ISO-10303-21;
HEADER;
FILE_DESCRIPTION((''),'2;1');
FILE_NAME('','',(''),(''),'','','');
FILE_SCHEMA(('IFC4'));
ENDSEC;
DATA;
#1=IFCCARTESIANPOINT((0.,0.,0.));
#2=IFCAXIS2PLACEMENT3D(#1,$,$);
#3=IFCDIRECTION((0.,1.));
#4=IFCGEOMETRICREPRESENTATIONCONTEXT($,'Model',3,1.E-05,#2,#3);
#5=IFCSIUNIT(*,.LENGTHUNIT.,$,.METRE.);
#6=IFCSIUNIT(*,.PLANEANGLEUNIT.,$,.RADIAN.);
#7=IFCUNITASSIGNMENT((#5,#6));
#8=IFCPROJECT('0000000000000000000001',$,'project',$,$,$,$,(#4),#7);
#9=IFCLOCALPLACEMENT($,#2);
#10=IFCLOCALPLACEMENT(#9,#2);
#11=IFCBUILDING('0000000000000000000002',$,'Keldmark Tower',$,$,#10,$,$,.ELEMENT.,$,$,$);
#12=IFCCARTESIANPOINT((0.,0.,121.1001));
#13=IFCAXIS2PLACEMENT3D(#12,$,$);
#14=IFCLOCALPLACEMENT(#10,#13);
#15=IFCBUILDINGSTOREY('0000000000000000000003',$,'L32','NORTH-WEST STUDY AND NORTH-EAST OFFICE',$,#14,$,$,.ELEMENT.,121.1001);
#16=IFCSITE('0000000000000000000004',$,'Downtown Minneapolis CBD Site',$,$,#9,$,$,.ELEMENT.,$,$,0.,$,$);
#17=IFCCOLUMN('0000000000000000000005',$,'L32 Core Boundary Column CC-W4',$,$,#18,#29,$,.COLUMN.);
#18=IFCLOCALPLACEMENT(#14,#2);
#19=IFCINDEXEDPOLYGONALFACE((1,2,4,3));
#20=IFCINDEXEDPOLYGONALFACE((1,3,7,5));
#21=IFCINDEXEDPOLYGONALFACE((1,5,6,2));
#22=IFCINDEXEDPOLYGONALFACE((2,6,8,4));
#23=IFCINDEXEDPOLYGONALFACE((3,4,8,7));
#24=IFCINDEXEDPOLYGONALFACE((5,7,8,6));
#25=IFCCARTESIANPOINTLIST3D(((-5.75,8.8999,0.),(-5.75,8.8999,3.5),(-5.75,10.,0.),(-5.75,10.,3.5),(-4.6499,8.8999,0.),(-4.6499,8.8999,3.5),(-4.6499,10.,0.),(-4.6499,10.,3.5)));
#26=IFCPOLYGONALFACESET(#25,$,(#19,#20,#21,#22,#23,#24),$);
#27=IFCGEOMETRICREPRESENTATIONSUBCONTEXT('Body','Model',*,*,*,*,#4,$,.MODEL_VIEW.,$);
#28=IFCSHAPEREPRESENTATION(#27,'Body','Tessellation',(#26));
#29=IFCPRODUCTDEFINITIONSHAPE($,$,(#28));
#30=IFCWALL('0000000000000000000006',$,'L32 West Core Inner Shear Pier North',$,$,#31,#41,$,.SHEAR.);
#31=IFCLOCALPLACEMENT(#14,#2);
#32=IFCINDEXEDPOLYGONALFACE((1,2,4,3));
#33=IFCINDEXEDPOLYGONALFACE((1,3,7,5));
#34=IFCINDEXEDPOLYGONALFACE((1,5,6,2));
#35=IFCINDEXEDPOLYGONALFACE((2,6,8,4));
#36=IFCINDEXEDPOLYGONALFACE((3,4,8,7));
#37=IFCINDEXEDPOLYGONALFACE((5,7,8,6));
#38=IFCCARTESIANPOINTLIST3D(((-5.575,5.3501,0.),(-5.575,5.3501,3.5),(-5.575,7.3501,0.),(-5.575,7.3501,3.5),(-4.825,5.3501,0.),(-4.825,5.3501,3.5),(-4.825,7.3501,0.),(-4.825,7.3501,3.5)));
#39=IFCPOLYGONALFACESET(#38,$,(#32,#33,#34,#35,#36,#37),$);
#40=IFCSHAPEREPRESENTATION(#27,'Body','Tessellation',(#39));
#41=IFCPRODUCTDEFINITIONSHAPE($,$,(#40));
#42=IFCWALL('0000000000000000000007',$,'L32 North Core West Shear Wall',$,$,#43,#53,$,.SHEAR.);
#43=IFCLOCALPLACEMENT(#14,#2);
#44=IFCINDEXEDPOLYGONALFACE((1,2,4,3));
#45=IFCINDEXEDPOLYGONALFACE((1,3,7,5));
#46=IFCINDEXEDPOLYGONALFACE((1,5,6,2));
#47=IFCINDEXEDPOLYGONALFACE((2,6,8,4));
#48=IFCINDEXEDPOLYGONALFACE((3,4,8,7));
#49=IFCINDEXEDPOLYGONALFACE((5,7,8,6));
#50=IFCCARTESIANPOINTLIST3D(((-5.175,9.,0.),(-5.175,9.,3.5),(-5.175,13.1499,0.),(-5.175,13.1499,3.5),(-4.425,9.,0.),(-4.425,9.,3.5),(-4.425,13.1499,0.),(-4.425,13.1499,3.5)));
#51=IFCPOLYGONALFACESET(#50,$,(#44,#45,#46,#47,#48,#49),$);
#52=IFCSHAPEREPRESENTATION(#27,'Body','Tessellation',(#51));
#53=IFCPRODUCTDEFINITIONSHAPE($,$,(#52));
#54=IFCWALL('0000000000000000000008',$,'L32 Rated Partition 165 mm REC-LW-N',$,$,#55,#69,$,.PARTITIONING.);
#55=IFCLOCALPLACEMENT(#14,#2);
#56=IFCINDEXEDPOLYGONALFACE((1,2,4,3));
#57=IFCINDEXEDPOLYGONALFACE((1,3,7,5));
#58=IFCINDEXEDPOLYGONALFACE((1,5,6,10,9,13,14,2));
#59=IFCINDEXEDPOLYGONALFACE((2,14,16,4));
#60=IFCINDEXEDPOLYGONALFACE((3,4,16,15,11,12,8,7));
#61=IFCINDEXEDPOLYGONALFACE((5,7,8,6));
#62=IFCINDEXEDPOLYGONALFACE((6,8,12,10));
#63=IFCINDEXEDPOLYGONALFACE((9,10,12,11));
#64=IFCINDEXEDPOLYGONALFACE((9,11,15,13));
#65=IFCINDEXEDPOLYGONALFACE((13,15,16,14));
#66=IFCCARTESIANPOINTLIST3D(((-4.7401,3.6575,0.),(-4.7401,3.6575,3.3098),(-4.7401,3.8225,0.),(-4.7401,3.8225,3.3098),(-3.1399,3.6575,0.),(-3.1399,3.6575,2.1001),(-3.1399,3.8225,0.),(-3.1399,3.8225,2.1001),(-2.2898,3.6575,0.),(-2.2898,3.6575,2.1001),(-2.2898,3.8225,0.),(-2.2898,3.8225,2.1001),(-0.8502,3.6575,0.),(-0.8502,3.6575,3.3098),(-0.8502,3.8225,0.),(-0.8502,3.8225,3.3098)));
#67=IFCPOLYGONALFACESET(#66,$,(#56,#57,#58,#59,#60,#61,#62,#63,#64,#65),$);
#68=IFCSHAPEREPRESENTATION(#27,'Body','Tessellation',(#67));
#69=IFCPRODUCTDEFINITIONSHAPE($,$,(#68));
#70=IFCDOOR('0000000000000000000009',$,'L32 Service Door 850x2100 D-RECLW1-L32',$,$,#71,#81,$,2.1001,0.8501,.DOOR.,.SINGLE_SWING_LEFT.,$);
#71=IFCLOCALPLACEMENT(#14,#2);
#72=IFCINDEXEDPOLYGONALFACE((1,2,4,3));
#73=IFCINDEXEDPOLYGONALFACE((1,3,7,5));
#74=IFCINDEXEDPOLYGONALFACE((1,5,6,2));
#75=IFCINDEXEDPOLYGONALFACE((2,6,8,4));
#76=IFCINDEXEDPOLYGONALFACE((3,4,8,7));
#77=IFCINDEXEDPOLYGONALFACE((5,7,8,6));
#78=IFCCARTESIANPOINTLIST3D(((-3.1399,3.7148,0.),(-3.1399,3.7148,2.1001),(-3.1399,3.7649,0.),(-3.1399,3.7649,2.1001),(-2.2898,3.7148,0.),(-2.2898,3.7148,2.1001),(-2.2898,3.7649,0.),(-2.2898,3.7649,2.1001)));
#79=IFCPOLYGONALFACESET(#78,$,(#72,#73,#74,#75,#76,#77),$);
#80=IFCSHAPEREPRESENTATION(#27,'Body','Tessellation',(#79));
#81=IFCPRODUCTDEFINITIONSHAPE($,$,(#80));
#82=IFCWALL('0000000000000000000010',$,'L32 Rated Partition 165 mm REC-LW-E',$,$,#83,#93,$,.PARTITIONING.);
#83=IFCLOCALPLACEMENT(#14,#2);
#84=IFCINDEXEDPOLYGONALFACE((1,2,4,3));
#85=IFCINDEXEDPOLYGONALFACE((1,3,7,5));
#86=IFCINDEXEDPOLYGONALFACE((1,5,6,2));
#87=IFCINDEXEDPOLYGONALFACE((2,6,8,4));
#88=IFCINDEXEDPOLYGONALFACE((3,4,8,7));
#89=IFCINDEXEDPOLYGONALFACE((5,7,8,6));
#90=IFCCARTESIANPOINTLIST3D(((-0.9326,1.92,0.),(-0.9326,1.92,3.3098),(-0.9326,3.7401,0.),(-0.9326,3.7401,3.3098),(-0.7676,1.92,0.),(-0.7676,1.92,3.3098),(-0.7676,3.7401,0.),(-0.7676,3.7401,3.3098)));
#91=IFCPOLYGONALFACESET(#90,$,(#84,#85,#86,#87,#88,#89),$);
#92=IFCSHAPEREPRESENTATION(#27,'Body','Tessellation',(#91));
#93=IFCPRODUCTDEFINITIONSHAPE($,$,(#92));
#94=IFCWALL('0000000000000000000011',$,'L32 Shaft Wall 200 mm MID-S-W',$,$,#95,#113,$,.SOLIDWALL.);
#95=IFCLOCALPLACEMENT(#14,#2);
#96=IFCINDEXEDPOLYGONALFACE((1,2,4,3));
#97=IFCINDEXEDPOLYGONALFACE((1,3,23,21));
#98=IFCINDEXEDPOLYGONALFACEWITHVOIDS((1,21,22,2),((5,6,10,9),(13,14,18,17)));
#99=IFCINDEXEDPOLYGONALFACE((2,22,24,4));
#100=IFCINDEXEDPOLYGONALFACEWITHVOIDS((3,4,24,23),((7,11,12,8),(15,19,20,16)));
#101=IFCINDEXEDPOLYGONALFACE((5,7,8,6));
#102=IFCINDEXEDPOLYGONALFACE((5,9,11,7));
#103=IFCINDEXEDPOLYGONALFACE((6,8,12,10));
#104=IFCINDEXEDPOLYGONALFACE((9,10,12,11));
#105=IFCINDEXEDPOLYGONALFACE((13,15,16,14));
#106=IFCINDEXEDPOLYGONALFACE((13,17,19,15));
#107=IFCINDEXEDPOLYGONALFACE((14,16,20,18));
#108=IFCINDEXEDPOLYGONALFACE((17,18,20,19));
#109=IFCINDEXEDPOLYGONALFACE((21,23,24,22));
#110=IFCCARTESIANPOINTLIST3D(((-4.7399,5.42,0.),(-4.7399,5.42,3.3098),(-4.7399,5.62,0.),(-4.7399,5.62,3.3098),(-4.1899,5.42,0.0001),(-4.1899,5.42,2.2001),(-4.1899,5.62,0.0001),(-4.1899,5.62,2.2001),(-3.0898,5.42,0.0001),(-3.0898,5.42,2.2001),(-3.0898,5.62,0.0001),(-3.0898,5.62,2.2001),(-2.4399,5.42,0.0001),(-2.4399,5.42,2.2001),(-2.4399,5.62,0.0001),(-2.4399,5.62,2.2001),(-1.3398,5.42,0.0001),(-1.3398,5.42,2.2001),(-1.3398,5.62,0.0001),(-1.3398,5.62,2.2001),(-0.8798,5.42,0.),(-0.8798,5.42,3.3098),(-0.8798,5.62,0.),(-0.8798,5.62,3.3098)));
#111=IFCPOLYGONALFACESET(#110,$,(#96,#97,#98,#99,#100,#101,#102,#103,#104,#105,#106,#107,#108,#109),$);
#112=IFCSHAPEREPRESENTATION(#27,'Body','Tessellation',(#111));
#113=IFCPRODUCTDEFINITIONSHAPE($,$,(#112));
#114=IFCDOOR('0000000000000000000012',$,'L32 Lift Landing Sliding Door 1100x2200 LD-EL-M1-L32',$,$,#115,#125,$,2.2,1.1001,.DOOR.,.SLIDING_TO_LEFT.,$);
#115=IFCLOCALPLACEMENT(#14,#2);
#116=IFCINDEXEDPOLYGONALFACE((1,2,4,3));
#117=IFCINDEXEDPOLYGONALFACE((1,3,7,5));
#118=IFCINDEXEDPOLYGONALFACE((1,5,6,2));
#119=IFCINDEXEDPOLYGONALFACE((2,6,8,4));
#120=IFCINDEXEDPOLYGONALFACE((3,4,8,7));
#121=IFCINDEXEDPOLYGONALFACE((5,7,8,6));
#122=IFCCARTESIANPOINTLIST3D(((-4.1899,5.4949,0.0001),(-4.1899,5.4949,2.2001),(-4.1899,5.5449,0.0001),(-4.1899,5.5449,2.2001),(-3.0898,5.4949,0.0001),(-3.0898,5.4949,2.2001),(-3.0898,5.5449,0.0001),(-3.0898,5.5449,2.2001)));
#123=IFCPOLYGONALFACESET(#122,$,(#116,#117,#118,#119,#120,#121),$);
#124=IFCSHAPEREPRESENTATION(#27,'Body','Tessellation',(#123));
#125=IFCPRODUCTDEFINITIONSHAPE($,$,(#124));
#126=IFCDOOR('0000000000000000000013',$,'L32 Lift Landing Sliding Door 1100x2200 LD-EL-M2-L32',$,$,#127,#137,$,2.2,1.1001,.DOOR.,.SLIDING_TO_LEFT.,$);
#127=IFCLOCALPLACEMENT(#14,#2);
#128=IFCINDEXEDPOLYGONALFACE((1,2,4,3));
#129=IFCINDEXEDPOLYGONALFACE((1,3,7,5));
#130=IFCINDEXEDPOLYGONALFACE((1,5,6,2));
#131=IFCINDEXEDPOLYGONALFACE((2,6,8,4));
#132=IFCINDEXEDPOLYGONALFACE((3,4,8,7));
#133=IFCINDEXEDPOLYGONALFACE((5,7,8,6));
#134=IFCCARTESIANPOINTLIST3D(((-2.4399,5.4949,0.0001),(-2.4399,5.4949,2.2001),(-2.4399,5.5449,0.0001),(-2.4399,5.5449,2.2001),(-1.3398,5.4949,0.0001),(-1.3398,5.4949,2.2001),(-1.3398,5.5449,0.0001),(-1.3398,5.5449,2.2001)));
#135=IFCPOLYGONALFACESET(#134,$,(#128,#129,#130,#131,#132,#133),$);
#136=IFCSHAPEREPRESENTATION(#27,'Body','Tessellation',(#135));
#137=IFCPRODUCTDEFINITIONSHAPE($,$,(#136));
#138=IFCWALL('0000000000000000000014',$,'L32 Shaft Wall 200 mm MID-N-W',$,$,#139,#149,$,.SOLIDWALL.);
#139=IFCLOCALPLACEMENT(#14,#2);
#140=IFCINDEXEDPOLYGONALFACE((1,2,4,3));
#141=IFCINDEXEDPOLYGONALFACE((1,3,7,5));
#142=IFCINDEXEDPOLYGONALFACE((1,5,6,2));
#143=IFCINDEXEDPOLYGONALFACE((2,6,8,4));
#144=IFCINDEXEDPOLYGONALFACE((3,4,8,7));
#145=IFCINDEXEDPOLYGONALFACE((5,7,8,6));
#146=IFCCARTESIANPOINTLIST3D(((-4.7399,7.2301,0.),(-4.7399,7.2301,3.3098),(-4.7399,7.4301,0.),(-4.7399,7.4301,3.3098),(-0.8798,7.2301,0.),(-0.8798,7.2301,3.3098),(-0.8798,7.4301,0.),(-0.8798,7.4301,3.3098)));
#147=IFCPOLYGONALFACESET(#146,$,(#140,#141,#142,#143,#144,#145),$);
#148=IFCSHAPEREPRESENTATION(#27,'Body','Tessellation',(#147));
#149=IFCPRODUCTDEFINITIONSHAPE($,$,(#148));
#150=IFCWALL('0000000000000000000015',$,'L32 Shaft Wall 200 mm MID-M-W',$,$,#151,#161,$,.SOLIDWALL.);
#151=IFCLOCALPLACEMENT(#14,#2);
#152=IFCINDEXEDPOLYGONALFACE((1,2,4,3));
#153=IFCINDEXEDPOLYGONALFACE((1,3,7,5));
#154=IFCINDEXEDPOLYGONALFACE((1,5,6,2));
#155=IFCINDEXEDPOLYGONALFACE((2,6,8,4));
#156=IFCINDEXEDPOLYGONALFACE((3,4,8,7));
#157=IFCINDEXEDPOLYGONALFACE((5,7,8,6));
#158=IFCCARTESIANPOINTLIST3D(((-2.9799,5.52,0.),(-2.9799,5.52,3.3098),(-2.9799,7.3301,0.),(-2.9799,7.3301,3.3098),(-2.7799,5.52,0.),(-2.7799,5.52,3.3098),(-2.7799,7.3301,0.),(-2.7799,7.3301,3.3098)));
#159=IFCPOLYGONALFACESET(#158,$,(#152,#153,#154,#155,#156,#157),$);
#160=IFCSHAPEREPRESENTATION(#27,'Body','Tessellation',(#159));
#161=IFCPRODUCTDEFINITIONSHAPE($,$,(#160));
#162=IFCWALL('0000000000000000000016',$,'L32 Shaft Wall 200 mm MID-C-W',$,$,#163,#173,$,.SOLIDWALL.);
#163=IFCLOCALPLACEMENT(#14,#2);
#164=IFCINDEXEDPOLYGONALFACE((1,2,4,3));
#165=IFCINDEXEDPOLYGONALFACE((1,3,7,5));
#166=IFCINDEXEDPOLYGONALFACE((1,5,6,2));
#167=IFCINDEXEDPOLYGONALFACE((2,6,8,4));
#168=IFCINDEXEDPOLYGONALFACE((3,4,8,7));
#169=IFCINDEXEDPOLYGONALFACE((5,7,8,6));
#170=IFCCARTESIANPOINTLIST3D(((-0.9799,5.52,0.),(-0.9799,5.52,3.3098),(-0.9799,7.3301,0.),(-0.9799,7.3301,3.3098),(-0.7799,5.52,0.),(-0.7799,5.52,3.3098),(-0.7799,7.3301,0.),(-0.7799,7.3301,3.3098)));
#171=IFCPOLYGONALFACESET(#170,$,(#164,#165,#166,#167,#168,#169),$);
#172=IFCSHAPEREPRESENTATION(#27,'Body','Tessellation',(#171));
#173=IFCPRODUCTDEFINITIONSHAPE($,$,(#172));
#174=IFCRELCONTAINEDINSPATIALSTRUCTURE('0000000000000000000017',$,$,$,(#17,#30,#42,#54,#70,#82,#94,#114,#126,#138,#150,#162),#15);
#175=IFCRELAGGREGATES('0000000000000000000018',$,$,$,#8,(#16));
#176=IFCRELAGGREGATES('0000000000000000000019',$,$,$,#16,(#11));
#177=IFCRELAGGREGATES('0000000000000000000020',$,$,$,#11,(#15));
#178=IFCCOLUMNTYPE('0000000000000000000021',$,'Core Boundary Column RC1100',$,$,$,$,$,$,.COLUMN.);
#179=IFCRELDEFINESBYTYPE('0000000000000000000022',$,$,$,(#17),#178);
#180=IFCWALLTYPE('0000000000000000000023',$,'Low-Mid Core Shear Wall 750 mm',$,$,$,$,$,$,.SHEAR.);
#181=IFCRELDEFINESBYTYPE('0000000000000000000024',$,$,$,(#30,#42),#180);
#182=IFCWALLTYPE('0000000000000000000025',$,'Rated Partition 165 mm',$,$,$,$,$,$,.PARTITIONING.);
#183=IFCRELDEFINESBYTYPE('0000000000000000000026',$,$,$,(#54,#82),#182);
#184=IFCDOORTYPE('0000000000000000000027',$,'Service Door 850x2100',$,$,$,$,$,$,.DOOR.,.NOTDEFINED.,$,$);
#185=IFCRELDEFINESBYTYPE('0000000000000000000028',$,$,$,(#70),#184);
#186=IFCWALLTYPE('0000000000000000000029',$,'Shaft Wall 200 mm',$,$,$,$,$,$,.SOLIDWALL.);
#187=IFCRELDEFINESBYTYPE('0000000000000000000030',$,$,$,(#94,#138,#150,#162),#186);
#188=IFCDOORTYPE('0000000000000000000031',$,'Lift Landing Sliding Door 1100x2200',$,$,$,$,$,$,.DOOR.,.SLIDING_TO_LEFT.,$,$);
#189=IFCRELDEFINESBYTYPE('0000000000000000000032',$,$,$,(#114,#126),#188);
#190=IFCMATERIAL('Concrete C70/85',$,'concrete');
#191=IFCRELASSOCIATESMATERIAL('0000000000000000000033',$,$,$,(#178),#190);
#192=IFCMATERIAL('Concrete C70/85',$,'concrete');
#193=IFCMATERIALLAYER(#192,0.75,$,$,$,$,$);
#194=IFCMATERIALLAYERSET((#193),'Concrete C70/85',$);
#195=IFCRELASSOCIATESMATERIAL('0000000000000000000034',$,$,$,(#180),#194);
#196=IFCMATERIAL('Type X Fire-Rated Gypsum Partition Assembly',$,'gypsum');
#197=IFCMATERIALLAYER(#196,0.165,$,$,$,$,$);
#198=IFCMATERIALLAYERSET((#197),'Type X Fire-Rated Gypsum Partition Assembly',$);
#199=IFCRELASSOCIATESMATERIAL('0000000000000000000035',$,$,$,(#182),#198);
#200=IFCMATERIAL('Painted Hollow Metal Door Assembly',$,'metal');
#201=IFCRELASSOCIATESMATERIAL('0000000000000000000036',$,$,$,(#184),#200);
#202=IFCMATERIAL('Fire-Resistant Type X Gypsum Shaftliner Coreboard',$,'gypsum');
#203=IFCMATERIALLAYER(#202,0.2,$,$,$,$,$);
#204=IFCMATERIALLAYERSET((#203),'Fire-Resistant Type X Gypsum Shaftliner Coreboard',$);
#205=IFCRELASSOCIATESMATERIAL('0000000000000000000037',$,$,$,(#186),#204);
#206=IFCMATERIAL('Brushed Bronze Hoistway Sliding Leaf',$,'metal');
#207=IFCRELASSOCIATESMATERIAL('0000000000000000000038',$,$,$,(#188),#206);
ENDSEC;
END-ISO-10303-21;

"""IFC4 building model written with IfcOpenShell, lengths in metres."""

from ifc_helpers import new_model, si_unit, direction, frame, frame_2d, origin, origin_2d, place, context, subcontext, project, spatial, rectangle, extrude, material, layer, layer_set, material_profile, profile_set, type_object, element, fill, save


model = new_model("IFC4")

# Units and contexts
model_context = context("Model", 3, precision=1e-05, world=origin(), true_north=direction((0.0, 1.0)))
body_context = subcontext(model_context, "Body", "Model", "MODEL_VIEW")
ifc_project = project(units=[si_unit("LENGTHUNIT", "METRE"), si_unit("PLANEANGLEUNIT", "RADIAN")], contexts=[model_context])

# Site, building, storey
site_placement = place(None, origin())
site = spatial("IfcSite", under=ifc_project, at=site_placement, Name="Downtown Minneapolis CBD Site", CompositionType="ELEMENT", RefElevation=0.0)
building_placement = place(site_placement, origin())
building = spatial("IfcBuilding", under=site, at=building_placement, Name="Keldmark Tower", CompositionType="ELEMENT")
storey_placement = place(building_placement, frame((0.0, 0.0, 121.1001)))
storey = spatial("IfcBuildingStorey", under=building, at=storey_placement, Name="L32", Description="NORTH-WEST STUDY AND NORTH-EAST OFFICE", CompositionType="ELEMENT", Elevation=121.1001)

# Column
ifc_material_1 = material(Name="Concrete C70/85", Category="concrete")
ifc_material_profile = material_profile(ifc_material_1, rectangle(XDim=1.1001, YDim=1.1001, at=origin_2d()), Name="RC1100X1100")
ifc_profile_set = profile_set([ifc_material_profile], Name="Concrete C70/85")
column_type = type_object("IfcColumnType", Name="Core Boundary Column RC1100", PredefinedType="COLUMN", material=ifc_profile_set)
column_placement = place(storey_placement, frame((-5.2, 9.45, 0.0), z_axis=(0.0, 0.0, 1.0), x_axis=(1.0, 0.0, 0.0)))
element("IfcColumn", 1, at=column_placement, inside=storey, type_object=column_type, Name="L32 Core Boundary Column CC-W4", PredefinedType="COLUMN", context=body_context, shape_type="SweptSolid", body=[
    extrude(rectangle(XDim=1.1001, YDim=1.1001, at=origin_2d()), origin(), (0.0, 0.0, 1.0), 3.5),
])

# Walls
ifc_material_2 = material(Name="Concrete C70/85", Category="concrete")
ifc_layer_1 = layer(ifc_material_2, 0.75)
ifc_layer_set_1 = layer_set([ifc_layer_1], Name="Concrete C70/85")
wall_type_1 = type_object("IfcWallType", Name="Low-Mid Core Shear Wall 750 mm", PredefinedType="SHEAR", material=ifc_layer_set_1)
wall_1_placement = place(storey_placement, frame((-5.2, 5.3501, 0.0), z_axis=(0.0, 0.0, 1.0), x_axis=(0.0, 1.0, 0.0)))
element("IfcWall", 2, at=wall_1_placement, inside=storey, type_object=wall_type_1, Name="L32 West Core Inner Shear Pier North", PredefinedType="SHEAR", context=body_context, shape_type="SweptSolid", body=[
    extrude(rectangle(XDim=2.0, YDim=0.75, at=frame_2d((1.0, 0.0))), origin(), (0.0, 0.0, 1.0), 3.5),
])
wall_2_placement = place(storey_placement, frame((-4.8, 9.0, 0.0), z_axis=(0.0, 0.0, 1.0), x_axis=(0.0, 1.0, 0.0)))
element("IfcWall", 3, at=wall_2_placement, inside=storey, type_object=wall_type_1, Name="L32 North Core West Shear Wall", PredefinedType="SHEAR", context=body_context, shape_type="SweptSolid", body=[
    extrude(rectangle(XDim=4.1499, YDim=0.75, at=frame_2d((2.075, 0.0))), origin(), (0.0, 0.0, 1.0), 3.5),
])

# Wall, opening, door
ifc_material_3 = material(Name="Type X Fire-Rated Gypsum Partition Assembly", Category="gypsum")
ifc_layer_2 = layer(ifc_material_3, 0.165)
ifc_layer_set_2 = layer_set([ifc_layer_2], Name="Type X Fire-Rated Gypsum Partition Assembly")
wall_type_2 = type_object("IfcWallType", Name="Rated Partition 165 mm", PredefinedType="PARTITIONING", material=ifc_layer_set_2)
wall_3_placement = place(storey_placement, frame((-4.74, 3.74, 0.0), z_axis=(0.0, 0.0, 1.0), x_axis=(1.0, 0.0, 0.0)))
wall_3 = element("IfcWall", 4, at=wall_3_placement, inside=storey, type_object=wall_type_2, Name="L32 Rated Partition 165 mm REC-LW-N", PredefinedType="PARTITIONING", context=body_context, shape_type="SweptSolid", body=[
    extrude(rectangle(XDim=3.8899, YDim=0.165, at=frame_2d((1.9448, 0.0))), origin(), (0.0, 0.0, 1.0), 3.3098),
])
opening_1_placement = place(wall_3_placement, frame((1.6001, 0.0, 0.0)))
opening_1 = element("IfcOpeningElement", 5, at=opening_1_placement, cuts=wall_3, PredefinedType="OPENING", context=body_context, shape_type="SweptSolid", body=[
    extrude(rectangle(XDim=0.8501, YDim=2.1001, at=frame_2d((0.425, 1.05))), frame((0.0, 0.0925, 0.0), z_axis=(0.0, -1.0, 0.0), x_axis=(1.0, 0.0, 0.0)), (0.0, 0.0, 1.0), 0.1851),
])
ifc_material_4 = material(Name="Painted Hollow Metal Door Assembly", Category="metal")
door_type_1 = type_object("IfcDoorType", Name="Service Door 850x2100", OperationType="NOTDEFINED", PredefinedType="DOOR", material=ifc_material_4)
door_1_placement = place(opening_1_placement, origin())
door_1 = element("IfcDoor", 6, at=door_1_placement, inside=storey, type_object=door_type_1, Name="L32 Service Door 850x2100 D-RECLW1-L32", OperationType="SINGLE_SWING_LEFT", OverallHeight=2.1001, OverallWidth=0.8501, PredefinedType="DOOR", context=body_context, shape_type="SweptSolid", body=[
    extrude(rectangle(XDim=0.8501, YDim=2.1001, at=frame_2d((0.425, 1.05))), frame((0.0, 0.0249, 0.0), z_axis=(0.0, -1.0, 0.0), x_axis=(1.0, 0.0, 0.0)), (0.0, 0.0, 1.0), 0.05),
])
fill(opening_1, door_1)

# Wall
wall_4_placement = place(storey_placement, frame((-0.8501, 1.9199, 0.0), z_axis=(0.0, 0.0, 1.0), x_axis=(0.0, 1.0, 0.0)))
element("IfcWall", 7, at=wall_4_placement, inside=storey, type_object=wall_type_2, Name="L32 Rated Partition 165 mm REC-LW-E", PredefinedType="PARTITIONING", context=body_context, shape_type="SweptSolid", body=[
    extrude(rectangle(XDim=1.8201, YDim=0.165, at=frame_2d((0.9102, 0.0))), origin(), (0.0, 0.0, 1.0), 3.3098),
])

# Wall, openings, doors
ifc_material_5 = material(Name="Fire-Resistant Type X Gypsum Shaftliner Coreboard", Category="gypsum")
ifc_layer_3 = layer(ifc_material_5, 0.2)
ifc_layer_set_3 = layer_set([ifc_layer_3], Name="Fire-Resistant Type X Gypsum Shaftliner Coreboard")
wall_type_3 = type_object("IfcWallType", Name="Shaft Wall 200 mm", PredefinedType="SOLIDWALL", material=ifc_layer_set_3)
wall_5_placement = place(storey_placement, frame((-4.74, 5.52, 0.0), z_axis=(0.0, 0.0, 1.0), x_axis=(1.0, 0.0, 0.0)))
wall_5 = element("IfcWall", 8, at=wall_5_placement, inside=storey, type_object=wall_type_3, Name="L32 Shaft Wall 200 mm MID-S-W", PredefinedType="SOLIDWALL", context=body_context, shape_type="SweptSolid", body=[
    extrude(rectangle(XDim=3.8601, YDim=0.2, at=frame_2d((1.9302, 0.0))), origin(), (0.0, 0.0, 1.0), 3.3098),
])
opening_2_placement = place(wall_5_placement, frame((0.55, 0.0, 0.0)))
opening_2 = element("IfcOpeningElement", 9, at=opening_2_placement, cuts=wall_5, PredefinedType="OPENING", context=body_context, shape_type="SweptSolid", body=[
    extrude(rectangle(XDim=1.1001, YDim=2.2, at=frame_2d((0.55, 1.1001))), frame((0.0, 0.1099, 0.0), z_axis=(0.0, -1.0, 0.0), x_axis=(1.0, 0.0, 0.0)), (0.0, 0.0, 1.0), 0.22),
])
opening_3_placement = place(wall_5_placement, frame((2.3, 0.0, 0.0)))
opening_3 = element("IfcOpeningElement", 10, at=opening_3_placement, cuts=wall_5, PredefinedType="OPENING", context=body_context, shape_type="SweptSolid", body=[
    extrude(rectangle(XDim=1.1001, YDim=2.2, at=frame_2d((0.55, 1.1001))), frame((0.0, 0.1099, 0.0), z_axis=(0.0, -1.0, 0.0), x_axis=(1.0, 0.0, 0.0)), (0.0, 0.0, 1.0), 0.22),
])
ifc_material_6 = material(Name="Brushed Bronze Hoistway Sliding Leaf", Category="metal")
door_type_2 = type_object("IfcDoorType", Name="Lift Landing Sliding Door 1100x2200", OperationType="SLIDING_TO_LEFT", PredefinedType="DOOR", material=ifc_material_6)
door_2_placement = place(opening_2_placement, origin())
door_2 = element("IfcDoor", 11, at=door_2_placement, inside=storey, type_object=door_type_2, Name="L32 Lift Landing Sliding Door 1100x2200 LD-EL-M1-L32", OperationType="SLIDING_TO_LEFT", OverallHeight=2.2, OverallWidth=1.1001, PredefinedType="DOOR", context=body_context, shape_type="SweptSolid", body=[
    extrude(rectangle(XDim=1.1001, YDim=2.2, at=frame_2d((0.55, 1.1001))), frame((0.0, 0.0249, 0.0), z_axis=(0.0, -1.0, 0.0), x_axis=(1.0, 0.0, 0.0)), (0.0, 0.0, 1.0), 0.05),
])
fill(opening_2, door_2)
door_3_placement = place(opening_3_placement, origin())
door_3 = element("IfcDoor", 12, at=door_3_placement, inside=storey, type_object=door_type_2, Name="L32 Lift Landing Sliding Door 1100x2200 LD-EL-M2-L32", OperationType="SLIDING_TO_LEFT", OverallHeight=2.2, OverallWidth=1.1001, PredefinedType="DOOR", context=body_context, shape_type="SweptSolid", body=[
    extrude(rectangle(XDim=1.1001, YDim=2.2, at=frame_2d((0.55, 1.1001))), frame((0.0, 0.0249, 0.0), z_axis=(0.0, -1.0, 0.0), x_axis=(1.0, 0.0, 0.0)), (0.0, 0.0, 1.0), 0.05),
])
fill(opening_3, door_3)

# Walls
wall_6_placement = place(storey_placement, frame((-4.74, 7.3301, 0.0), z_axis=(0.0, 0.0, 1.0), x_axis=(1.0, 0.0, 0.0)))
element("IfcWall", 13, at=wall_6_placement, inside=storey, type_object=wall_type_3, Name="L32 Shaft Wall 200 mm MID-N-W", PredefinedType="SOLIDWALL", context=body_context, shape_type="SweptSolid", body=[
    extrude(rectangle(XDim=3.8601, YDim=0.2, at=frame_2d((1.9302, 0.0))), origin(), (0.0, 0.0, 1.0), 3.3098),
])
for number, where, z_axis, x_axis, name in (
    (14, (-2.8799, 5.52, 0.0), (0.0, 0.0, 1.0), (0.0, 1.0, 0.0), "L32 Shaft Wall 200 mm MID-M-W"),
    (15, (-0.8799, 5.52, 0.0), (0.0, 0.0, 1.0), (0.0, 1.0, 0.0), "L32 Shaft Wall 200 mm MID-C-W"),
):
    element("IfcWall", number, at=place(storey_placement, frame(where, z_axis=z_axis, x_axis=x_axis)), inside=storey, type_object=wall_type_3, Name=name, PredefinedType="SOLIDWALL", context=body_context, shape_type="SweptSolid", body=[
        extrude(rectangle(XDim=1.8101, YDim=0.2, at=frame_2d((0.905, 0.0))), origin(), (0.0, 0.0, 1.0), 3.3098),
    ])

save(model, "model.ifc")
